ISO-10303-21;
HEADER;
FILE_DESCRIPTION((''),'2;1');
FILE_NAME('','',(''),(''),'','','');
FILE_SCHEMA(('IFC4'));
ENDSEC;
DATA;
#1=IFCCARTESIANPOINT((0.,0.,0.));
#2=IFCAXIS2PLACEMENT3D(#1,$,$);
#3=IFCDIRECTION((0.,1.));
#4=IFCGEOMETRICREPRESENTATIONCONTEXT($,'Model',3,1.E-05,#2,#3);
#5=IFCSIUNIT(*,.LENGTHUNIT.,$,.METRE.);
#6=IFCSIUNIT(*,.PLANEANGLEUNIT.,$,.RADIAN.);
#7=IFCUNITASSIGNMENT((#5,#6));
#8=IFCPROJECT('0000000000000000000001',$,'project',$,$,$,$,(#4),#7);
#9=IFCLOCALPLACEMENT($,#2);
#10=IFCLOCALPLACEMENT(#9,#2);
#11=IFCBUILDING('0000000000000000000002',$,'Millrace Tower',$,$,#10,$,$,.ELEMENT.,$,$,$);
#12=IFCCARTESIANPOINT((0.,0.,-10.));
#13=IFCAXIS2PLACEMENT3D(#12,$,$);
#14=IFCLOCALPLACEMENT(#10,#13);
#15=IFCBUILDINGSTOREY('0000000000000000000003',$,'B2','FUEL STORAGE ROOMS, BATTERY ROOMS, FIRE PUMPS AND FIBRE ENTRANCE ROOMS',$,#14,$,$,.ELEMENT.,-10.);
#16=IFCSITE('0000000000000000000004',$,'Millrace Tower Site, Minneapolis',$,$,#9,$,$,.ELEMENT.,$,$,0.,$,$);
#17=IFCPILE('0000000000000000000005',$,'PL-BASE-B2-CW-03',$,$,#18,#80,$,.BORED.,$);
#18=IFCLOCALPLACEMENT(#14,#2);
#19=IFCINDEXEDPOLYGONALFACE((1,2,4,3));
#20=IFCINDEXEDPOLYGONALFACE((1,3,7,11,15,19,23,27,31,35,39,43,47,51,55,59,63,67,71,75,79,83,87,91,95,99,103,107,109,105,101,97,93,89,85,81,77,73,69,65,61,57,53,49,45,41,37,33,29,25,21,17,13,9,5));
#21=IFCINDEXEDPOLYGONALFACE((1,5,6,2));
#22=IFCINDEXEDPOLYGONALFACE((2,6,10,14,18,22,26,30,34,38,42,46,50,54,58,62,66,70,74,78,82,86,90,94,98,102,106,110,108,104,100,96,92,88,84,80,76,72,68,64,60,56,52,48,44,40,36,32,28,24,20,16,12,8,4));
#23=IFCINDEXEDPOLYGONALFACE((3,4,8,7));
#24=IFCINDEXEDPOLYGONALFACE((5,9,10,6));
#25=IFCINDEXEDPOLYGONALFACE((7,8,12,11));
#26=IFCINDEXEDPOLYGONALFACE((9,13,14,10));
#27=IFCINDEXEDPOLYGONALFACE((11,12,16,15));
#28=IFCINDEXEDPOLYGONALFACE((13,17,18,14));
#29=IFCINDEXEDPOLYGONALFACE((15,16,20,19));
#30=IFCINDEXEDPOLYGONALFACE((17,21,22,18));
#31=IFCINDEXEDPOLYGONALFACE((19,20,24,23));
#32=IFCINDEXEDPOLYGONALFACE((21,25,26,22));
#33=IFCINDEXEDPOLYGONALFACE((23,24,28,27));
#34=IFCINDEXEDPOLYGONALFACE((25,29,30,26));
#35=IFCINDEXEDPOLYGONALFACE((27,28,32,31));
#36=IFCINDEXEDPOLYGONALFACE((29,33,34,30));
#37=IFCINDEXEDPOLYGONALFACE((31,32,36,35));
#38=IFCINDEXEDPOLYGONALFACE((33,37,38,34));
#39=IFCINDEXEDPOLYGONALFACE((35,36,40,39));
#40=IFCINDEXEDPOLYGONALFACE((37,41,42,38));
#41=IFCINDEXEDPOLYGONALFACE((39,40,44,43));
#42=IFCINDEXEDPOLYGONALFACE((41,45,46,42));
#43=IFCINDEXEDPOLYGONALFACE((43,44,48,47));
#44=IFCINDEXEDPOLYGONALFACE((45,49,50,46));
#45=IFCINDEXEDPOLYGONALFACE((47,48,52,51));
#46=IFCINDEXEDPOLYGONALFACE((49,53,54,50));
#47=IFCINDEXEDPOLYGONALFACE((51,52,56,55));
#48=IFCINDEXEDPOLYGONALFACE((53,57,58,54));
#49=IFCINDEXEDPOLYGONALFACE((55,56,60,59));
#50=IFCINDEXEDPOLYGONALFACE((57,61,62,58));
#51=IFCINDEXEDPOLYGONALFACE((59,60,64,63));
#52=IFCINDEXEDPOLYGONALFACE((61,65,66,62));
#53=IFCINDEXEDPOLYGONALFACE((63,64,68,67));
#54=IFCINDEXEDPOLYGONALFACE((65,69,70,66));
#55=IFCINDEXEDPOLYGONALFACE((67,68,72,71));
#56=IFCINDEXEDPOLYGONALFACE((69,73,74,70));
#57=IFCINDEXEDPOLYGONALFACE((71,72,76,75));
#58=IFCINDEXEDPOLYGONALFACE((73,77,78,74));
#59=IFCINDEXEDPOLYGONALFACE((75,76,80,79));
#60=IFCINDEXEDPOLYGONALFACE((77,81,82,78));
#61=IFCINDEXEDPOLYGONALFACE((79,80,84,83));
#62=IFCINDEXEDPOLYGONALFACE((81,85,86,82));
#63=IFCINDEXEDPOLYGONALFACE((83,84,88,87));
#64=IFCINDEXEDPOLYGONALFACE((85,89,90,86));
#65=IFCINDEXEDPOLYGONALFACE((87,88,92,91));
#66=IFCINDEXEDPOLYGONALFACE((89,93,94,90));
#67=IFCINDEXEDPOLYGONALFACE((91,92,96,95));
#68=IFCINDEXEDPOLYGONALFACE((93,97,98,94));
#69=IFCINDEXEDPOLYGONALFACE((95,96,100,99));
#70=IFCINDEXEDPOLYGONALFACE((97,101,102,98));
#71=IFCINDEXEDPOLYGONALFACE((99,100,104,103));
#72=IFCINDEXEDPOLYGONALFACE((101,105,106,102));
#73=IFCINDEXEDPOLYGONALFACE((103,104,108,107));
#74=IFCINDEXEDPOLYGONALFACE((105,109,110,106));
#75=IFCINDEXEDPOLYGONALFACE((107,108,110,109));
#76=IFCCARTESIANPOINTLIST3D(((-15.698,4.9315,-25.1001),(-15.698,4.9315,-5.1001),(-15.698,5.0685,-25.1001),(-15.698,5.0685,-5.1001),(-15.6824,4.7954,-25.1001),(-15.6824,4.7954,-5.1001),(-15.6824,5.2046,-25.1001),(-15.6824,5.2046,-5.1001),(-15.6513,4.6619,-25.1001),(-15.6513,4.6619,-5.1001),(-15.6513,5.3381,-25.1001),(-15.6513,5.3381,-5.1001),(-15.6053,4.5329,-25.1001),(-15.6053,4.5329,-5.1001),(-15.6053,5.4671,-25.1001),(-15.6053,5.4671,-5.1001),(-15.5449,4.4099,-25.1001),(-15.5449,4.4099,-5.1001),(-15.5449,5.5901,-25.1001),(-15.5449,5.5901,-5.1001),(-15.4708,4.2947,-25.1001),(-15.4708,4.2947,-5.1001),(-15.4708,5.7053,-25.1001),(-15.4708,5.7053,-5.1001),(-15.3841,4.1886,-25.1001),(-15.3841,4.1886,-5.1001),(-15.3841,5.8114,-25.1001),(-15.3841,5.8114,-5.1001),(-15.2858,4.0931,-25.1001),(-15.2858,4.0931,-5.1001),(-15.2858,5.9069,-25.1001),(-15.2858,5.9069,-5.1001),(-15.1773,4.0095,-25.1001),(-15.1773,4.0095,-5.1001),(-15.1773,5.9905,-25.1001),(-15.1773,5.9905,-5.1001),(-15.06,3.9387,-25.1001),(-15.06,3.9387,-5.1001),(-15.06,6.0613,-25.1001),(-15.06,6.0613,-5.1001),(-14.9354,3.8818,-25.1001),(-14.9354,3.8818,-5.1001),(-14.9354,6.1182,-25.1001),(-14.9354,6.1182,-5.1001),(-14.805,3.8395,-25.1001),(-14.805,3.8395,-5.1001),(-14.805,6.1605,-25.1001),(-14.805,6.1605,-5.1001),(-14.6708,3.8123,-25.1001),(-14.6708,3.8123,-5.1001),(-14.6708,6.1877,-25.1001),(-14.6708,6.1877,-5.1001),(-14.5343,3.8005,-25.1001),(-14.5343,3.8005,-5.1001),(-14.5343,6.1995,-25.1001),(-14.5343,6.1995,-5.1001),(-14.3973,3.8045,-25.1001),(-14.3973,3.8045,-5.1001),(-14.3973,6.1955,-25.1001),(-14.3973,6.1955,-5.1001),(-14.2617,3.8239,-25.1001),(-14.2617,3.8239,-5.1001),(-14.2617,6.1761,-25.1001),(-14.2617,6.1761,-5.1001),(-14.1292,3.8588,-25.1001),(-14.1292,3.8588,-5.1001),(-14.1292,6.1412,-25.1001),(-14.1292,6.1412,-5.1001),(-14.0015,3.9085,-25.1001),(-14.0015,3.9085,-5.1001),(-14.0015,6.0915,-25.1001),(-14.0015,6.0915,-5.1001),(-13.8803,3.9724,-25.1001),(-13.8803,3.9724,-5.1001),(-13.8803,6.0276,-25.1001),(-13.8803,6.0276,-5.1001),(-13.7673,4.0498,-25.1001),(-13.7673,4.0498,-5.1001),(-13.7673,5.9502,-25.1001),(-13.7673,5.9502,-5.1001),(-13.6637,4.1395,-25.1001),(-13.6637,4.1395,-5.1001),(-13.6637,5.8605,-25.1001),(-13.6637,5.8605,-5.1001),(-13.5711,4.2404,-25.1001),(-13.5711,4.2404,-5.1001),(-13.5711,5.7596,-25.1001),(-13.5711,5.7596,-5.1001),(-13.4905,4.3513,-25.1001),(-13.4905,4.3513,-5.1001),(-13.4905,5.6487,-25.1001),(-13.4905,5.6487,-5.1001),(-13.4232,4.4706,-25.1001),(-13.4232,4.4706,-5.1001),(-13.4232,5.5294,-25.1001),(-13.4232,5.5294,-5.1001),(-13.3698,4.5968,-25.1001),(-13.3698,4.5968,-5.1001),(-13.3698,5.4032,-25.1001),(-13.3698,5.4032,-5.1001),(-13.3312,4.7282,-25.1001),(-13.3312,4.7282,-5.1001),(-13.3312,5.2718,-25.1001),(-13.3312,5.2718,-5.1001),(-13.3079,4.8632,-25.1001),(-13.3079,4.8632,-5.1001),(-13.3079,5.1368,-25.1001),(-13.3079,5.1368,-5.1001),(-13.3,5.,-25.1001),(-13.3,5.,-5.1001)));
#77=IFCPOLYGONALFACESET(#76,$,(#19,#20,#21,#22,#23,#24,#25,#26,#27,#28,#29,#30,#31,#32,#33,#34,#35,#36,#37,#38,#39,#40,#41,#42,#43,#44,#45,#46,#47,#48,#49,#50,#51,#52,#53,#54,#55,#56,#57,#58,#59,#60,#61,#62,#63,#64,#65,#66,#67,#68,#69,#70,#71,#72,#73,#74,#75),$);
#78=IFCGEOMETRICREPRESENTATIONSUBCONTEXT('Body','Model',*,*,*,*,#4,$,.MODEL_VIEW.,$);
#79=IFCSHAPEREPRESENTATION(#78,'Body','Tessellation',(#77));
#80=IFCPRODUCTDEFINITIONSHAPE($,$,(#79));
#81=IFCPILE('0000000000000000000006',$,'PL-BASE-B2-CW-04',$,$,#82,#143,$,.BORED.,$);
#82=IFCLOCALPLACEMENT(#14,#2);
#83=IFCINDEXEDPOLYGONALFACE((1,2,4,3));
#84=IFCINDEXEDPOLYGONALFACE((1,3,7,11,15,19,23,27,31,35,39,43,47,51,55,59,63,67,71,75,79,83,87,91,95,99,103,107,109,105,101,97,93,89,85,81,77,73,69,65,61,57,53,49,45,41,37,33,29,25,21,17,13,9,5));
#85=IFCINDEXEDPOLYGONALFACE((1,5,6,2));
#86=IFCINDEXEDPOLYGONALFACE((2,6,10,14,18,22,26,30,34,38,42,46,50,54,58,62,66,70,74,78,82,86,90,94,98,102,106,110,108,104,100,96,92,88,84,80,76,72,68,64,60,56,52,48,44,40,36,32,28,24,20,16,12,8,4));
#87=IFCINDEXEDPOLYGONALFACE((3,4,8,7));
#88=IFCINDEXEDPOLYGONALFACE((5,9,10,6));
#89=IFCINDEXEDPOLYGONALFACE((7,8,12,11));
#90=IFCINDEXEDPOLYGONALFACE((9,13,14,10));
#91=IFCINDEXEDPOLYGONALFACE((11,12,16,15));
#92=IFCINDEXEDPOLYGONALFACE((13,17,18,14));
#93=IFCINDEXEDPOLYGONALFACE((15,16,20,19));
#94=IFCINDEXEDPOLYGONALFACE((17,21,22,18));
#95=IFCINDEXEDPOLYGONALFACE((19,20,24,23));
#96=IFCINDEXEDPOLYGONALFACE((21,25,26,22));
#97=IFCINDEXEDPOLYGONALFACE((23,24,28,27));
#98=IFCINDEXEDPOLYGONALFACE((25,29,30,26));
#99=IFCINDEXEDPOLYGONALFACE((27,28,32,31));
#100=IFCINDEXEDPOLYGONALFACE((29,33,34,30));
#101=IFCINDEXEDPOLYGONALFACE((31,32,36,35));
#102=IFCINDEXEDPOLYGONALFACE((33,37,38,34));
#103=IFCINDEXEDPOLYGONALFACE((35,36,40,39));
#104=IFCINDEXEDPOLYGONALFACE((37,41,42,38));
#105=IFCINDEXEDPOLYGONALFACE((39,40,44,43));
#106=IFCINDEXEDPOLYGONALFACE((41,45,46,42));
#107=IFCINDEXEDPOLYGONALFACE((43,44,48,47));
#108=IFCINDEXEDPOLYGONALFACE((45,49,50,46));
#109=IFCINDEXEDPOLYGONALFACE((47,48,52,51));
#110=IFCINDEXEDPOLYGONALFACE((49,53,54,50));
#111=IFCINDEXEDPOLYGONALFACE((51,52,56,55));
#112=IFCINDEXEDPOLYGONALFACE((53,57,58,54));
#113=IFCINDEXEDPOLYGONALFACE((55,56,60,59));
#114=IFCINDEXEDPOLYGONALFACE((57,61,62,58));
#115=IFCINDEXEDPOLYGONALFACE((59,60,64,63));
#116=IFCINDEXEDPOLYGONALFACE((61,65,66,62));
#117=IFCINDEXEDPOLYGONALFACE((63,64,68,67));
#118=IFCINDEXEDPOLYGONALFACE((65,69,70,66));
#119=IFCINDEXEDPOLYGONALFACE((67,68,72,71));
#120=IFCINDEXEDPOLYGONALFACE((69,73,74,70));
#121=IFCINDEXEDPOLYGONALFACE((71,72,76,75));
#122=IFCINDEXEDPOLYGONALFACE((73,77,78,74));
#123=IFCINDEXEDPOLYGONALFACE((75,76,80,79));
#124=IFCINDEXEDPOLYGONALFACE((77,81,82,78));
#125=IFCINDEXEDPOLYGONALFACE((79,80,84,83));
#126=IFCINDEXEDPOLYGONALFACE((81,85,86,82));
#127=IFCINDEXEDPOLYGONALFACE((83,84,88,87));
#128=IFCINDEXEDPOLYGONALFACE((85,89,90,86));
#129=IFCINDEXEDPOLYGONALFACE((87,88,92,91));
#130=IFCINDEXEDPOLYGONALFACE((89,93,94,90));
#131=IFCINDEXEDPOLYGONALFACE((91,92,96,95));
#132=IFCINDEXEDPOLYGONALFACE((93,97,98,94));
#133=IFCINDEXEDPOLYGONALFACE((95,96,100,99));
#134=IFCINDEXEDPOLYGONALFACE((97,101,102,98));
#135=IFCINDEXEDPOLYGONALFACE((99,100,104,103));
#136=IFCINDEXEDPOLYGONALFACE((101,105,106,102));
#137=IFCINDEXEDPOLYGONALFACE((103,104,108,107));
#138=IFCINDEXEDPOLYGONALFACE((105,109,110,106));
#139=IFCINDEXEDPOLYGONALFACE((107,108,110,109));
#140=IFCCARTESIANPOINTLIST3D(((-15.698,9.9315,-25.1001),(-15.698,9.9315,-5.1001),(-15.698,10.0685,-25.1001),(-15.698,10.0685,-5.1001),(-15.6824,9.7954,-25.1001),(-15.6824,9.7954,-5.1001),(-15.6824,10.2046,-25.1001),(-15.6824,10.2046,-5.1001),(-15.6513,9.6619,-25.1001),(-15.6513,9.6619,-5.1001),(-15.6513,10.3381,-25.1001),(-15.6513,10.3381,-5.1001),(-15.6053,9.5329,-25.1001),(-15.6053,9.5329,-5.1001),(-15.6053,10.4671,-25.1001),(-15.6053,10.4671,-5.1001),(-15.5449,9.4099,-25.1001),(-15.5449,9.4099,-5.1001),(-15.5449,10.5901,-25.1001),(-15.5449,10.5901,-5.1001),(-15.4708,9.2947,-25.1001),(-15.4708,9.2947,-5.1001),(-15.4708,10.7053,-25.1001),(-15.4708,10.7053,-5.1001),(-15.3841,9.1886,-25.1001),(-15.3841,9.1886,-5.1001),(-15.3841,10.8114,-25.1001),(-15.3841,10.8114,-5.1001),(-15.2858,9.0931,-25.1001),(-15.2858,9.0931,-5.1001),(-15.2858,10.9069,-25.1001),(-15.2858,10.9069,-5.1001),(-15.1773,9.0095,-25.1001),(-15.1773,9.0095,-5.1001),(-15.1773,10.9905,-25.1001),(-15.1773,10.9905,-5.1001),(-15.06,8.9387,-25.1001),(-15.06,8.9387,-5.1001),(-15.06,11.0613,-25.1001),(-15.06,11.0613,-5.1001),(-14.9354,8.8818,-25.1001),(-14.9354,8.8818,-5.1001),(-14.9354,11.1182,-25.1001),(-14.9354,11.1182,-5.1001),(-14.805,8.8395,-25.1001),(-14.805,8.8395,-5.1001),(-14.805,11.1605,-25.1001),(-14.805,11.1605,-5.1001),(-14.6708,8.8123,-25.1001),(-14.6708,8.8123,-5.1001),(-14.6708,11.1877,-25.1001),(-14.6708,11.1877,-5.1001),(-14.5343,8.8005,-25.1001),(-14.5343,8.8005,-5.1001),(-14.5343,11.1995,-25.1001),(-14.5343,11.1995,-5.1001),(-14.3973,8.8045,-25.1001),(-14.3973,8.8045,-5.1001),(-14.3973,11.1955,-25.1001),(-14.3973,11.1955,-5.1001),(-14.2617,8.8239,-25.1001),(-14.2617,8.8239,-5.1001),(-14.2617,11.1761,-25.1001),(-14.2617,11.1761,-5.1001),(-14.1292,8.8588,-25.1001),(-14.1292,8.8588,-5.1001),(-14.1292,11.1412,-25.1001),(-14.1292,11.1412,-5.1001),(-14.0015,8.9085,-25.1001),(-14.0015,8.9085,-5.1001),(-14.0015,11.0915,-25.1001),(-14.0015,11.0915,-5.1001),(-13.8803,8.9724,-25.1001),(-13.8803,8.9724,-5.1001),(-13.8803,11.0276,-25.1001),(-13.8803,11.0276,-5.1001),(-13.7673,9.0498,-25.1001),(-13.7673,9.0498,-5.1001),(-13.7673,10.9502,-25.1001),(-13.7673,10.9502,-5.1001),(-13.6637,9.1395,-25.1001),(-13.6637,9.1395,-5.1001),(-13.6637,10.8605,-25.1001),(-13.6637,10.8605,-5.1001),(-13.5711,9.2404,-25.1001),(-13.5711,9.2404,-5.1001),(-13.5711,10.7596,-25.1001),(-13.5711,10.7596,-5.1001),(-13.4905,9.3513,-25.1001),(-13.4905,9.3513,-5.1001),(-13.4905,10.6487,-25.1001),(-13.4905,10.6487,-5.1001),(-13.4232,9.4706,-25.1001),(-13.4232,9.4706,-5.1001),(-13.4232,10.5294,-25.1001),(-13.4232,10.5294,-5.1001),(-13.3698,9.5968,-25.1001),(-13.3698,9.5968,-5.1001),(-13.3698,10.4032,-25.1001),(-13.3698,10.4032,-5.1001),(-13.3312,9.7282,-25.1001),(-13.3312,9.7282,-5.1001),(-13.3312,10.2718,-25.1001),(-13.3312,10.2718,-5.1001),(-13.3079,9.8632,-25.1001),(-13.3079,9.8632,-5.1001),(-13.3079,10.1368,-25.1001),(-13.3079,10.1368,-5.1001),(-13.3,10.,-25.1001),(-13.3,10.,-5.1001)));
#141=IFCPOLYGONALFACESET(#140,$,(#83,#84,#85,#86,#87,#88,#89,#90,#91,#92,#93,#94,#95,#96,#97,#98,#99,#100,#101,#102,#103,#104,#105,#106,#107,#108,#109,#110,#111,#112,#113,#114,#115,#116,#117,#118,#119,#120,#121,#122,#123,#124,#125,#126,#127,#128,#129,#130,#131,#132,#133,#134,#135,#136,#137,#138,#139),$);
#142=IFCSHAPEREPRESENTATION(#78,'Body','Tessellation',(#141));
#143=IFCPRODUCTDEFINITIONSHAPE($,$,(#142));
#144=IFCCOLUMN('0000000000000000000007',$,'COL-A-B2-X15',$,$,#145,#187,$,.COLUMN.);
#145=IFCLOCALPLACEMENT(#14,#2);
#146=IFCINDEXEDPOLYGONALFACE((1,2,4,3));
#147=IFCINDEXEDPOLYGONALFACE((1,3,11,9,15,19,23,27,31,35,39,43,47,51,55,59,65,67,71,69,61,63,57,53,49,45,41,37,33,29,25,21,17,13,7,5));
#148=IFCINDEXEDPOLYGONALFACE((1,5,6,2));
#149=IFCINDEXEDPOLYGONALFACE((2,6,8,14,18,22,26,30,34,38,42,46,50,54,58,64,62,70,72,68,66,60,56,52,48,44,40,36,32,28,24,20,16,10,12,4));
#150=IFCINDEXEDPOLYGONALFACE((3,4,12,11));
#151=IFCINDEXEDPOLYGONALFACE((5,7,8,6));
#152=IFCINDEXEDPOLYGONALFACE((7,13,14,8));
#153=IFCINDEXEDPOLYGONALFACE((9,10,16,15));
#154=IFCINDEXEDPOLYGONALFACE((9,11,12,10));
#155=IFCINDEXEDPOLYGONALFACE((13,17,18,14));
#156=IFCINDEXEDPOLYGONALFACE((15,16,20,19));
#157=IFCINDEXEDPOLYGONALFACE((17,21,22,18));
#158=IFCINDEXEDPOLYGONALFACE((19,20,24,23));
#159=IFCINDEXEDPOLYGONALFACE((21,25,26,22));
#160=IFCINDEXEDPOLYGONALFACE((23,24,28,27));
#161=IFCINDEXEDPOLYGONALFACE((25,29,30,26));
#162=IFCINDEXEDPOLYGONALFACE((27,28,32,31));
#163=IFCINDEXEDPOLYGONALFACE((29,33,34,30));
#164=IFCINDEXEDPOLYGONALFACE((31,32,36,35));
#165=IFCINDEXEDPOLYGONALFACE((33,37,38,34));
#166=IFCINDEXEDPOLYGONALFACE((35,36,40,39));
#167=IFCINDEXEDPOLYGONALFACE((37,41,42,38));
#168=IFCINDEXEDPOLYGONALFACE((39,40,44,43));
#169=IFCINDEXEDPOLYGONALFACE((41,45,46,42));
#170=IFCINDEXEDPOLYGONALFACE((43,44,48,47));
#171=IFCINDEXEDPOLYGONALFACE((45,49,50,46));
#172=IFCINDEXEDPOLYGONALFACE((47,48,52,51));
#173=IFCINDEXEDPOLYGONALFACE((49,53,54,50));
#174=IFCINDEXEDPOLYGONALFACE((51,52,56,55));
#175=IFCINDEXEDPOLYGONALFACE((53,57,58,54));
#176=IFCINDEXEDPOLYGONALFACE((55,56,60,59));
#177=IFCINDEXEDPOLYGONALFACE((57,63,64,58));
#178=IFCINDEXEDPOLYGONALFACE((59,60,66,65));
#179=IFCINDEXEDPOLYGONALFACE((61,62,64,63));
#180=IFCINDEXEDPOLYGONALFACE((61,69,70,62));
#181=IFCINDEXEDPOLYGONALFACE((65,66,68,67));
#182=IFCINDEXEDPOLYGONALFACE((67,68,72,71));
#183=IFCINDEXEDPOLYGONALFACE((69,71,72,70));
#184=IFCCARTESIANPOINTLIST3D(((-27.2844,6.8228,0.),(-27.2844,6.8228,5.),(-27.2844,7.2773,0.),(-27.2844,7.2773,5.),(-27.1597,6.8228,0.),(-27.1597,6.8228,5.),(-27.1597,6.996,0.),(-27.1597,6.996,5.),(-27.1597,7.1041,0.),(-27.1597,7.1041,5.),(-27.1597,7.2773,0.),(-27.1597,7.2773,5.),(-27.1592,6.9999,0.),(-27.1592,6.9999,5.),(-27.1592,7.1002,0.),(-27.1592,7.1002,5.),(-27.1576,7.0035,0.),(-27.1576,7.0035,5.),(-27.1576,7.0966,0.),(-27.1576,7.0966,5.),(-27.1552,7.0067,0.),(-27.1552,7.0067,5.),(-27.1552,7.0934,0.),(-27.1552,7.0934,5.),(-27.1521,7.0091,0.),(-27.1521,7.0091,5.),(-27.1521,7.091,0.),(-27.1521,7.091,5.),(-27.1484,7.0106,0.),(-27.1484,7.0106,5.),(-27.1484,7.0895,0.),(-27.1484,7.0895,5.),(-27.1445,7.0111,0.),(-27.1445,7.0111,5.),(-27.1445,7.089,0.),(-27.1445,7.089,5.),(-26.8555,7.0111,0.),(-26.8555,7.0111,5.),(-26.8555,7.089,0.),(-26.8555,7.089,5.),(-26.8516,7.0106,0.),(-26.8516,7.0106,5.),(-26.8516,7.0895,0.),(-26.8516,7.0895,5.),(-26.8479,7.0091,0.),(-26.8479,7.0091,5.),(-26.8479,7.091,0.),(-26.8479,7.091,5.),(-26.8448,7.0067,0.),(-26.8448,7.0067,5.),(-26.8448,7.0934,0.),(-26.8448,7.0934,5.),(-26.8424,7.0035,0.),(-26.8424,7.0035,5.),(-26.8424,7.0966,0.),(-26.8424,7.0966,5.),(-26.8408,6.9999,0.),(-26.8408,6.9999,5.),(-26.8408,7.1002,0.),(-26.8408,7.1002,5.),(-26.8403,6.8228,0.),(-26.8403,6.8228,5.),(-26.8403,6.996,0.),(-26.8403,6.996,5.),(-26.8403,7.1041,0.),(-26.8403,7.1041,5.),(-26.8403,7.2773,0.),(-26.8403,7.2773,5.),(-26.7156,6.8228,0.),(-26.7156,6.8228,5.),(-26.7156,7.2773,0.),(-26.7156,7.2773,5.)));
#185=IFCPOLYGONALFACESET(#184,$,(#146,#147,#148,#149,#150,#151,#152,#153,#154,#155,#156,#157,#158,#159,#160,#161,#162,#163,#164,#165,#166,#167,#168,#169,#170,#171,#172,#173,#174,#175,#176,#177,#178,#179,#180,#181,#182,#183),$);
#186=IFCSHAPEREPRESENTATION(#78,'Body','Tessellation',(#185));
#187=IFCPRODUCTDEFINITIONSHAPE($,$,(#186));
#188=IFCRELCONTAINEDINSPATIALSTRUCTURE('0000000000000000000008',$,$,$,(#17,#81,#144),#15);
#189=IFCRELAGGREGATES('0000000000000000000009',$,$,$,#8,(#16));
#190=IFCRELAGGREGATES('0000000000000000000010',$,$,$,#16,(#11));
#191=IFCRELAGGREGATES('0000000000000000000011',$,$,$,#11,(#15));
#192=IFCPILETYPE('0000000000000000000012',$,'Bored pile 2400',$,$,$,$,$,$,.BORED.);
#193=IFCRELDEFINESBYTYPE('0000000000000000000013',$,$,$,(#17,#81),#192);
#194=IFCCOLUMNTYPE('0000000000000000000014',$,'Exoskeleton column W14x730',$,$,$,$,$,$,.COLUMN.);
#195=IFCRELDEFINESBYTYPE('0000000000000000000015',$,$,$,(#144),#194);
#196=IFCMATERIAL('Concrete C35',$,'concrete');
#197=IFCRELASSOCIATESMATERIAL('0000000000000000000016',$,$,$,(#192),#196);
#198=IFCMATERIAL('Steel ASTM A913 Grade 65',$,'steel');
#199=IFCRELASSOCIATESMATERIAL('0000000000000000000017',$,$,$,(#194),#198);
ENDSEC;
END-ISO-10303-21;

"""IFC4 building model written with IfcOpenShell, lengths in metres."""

from ifc_helpers import new_model, si_unit, direction, frame, origin, origin_2d, place, context, subcontext, project, spatial, circle, i_section, extrude, material, material_profile, profile_set, type_object, element, save


model = new_model("IFC4")

# Units and contexts
model_context = context("Model", 3, precision=1e-05, world=origin(), true_north=direction((0.0, 1.0)))
body_context = subcontext(model_context, "Body", "Model", "MODEL_VIEW")
ifc_project = project(units=[si_unit("LENGTHUNIT", "METRE"), si_unit("PLANEANGLEUNIT", "RADIAN")], contexts=[model_context])

# Site, building, storey
site_placement = place(None, origin())
site = spatial("IfcSite", under=ifc_project, at=site_placement, Name="Millrace Tower Site, Minneapolis", CompositionType="ELEMENT", RefElevation=0.0)
building_placement = place(site_placement, origin())
building = spatial("IfcBuilding", under=site, at=building_placement, Name="Millrace Tower", CompositionType="ELEMENT")
storey_placement = place(building_placement, frame((0.0, 0.0, -10.0)))
storey = spatial("IfcBuildingStorey", under=building, at=storey_placement, Name="B2", Description="FUEL STORAGE ROOMS, BATTERY ROOMS, FIRE PUMPS AND FIBRE ENTRANCE ROOMS", CompositionType="ELEMENT", Elevation=-10.0)

# Piles
ifc_material_1 = material(Name="Concrete C35", Category="concrete")
ifc_material_profile_1 = material_profile(ifc_material_1, circle(Radius=1.2, at=origin_2d()))
ifc_profile_set_1 = profile_set([ifc_material_profile_1], Name="Concrete C35")
pile_type = type_object("IfcPileType", Name="Bored pile 2400", PredefinedType="BORED", material=ifc_profile_set_1)
for number, where, z_axis, x_axis, name in (
    (1, (-14.5, 5.0, -5.1001), (0.0, 0.0, -1.0), (1.0, 0.0, 0.0), "PL-BASE-B2-CW-03"),
    (2, (-14.5, 10.0, -5.1001), (0.0, 0.0, -1.0), (1.0, 0.0, 0.0), "PL-BASE-B2-CW-04"),
):
    element("IfcPile", number, at=place(storey_placement, frame(where, z_axis=z_axis, x_axis=x_axis)), inside=storey, type_object=pile_type, Name=name, PredefinedType="BORED", context=body_context, shape_type="SweptSolid", body=[
        extrude(circle(Radius=1.2, at=origin_2d()), origin(), (0.0, 0.0, 1.0), 20.0),
    ])

# Column
ifc_material_2 = material(Name="Steel ASTM A913 Grade 65", Category="steel")
ifc_material_profile_2 = material_profile(ifc_material_2, i_section(OverallWidth=0.4546, OverallDepth=0.5688, WebThickness=0.0779, FlangeThickness=0.1248, FilletRadius=0.0151, at=origin_2d()))
ifc_profile_set_2 = profile_set([ifc_material_profile_2], Name="Steel ASTM A913 Grade 65")
column_type_1 = type_object("IfcColumnType", Name="Exoskeleton column W14x730", PredefinedType="COLUMN", material=ifc_profile_set_2)
placement = place(storey_placement, frame((-27.0, 7.05, 0.0), z_axis=(0.0, 0.0, 1.0), x_axis=(0.0, -1.0, 0.0)))
element("IfcColumn", 3, at=placement, inside=storey, type_object=column_type_1, Name="COL-A-B2-X15", PredefinedType="COLUMN", context=body_context, shape_type="SweptSolid", body=[
    extrude(i_section(OverallWidth=0.4546, OverallDepth=0.5688, WebThickness=0.0779, FlangeThickness=0.1248, FilletRadius=0.0151, at=origin_2d()), origin(), (0.0, 0.0, 1.0), 5.0),
])

save(model, "model.ifc")
